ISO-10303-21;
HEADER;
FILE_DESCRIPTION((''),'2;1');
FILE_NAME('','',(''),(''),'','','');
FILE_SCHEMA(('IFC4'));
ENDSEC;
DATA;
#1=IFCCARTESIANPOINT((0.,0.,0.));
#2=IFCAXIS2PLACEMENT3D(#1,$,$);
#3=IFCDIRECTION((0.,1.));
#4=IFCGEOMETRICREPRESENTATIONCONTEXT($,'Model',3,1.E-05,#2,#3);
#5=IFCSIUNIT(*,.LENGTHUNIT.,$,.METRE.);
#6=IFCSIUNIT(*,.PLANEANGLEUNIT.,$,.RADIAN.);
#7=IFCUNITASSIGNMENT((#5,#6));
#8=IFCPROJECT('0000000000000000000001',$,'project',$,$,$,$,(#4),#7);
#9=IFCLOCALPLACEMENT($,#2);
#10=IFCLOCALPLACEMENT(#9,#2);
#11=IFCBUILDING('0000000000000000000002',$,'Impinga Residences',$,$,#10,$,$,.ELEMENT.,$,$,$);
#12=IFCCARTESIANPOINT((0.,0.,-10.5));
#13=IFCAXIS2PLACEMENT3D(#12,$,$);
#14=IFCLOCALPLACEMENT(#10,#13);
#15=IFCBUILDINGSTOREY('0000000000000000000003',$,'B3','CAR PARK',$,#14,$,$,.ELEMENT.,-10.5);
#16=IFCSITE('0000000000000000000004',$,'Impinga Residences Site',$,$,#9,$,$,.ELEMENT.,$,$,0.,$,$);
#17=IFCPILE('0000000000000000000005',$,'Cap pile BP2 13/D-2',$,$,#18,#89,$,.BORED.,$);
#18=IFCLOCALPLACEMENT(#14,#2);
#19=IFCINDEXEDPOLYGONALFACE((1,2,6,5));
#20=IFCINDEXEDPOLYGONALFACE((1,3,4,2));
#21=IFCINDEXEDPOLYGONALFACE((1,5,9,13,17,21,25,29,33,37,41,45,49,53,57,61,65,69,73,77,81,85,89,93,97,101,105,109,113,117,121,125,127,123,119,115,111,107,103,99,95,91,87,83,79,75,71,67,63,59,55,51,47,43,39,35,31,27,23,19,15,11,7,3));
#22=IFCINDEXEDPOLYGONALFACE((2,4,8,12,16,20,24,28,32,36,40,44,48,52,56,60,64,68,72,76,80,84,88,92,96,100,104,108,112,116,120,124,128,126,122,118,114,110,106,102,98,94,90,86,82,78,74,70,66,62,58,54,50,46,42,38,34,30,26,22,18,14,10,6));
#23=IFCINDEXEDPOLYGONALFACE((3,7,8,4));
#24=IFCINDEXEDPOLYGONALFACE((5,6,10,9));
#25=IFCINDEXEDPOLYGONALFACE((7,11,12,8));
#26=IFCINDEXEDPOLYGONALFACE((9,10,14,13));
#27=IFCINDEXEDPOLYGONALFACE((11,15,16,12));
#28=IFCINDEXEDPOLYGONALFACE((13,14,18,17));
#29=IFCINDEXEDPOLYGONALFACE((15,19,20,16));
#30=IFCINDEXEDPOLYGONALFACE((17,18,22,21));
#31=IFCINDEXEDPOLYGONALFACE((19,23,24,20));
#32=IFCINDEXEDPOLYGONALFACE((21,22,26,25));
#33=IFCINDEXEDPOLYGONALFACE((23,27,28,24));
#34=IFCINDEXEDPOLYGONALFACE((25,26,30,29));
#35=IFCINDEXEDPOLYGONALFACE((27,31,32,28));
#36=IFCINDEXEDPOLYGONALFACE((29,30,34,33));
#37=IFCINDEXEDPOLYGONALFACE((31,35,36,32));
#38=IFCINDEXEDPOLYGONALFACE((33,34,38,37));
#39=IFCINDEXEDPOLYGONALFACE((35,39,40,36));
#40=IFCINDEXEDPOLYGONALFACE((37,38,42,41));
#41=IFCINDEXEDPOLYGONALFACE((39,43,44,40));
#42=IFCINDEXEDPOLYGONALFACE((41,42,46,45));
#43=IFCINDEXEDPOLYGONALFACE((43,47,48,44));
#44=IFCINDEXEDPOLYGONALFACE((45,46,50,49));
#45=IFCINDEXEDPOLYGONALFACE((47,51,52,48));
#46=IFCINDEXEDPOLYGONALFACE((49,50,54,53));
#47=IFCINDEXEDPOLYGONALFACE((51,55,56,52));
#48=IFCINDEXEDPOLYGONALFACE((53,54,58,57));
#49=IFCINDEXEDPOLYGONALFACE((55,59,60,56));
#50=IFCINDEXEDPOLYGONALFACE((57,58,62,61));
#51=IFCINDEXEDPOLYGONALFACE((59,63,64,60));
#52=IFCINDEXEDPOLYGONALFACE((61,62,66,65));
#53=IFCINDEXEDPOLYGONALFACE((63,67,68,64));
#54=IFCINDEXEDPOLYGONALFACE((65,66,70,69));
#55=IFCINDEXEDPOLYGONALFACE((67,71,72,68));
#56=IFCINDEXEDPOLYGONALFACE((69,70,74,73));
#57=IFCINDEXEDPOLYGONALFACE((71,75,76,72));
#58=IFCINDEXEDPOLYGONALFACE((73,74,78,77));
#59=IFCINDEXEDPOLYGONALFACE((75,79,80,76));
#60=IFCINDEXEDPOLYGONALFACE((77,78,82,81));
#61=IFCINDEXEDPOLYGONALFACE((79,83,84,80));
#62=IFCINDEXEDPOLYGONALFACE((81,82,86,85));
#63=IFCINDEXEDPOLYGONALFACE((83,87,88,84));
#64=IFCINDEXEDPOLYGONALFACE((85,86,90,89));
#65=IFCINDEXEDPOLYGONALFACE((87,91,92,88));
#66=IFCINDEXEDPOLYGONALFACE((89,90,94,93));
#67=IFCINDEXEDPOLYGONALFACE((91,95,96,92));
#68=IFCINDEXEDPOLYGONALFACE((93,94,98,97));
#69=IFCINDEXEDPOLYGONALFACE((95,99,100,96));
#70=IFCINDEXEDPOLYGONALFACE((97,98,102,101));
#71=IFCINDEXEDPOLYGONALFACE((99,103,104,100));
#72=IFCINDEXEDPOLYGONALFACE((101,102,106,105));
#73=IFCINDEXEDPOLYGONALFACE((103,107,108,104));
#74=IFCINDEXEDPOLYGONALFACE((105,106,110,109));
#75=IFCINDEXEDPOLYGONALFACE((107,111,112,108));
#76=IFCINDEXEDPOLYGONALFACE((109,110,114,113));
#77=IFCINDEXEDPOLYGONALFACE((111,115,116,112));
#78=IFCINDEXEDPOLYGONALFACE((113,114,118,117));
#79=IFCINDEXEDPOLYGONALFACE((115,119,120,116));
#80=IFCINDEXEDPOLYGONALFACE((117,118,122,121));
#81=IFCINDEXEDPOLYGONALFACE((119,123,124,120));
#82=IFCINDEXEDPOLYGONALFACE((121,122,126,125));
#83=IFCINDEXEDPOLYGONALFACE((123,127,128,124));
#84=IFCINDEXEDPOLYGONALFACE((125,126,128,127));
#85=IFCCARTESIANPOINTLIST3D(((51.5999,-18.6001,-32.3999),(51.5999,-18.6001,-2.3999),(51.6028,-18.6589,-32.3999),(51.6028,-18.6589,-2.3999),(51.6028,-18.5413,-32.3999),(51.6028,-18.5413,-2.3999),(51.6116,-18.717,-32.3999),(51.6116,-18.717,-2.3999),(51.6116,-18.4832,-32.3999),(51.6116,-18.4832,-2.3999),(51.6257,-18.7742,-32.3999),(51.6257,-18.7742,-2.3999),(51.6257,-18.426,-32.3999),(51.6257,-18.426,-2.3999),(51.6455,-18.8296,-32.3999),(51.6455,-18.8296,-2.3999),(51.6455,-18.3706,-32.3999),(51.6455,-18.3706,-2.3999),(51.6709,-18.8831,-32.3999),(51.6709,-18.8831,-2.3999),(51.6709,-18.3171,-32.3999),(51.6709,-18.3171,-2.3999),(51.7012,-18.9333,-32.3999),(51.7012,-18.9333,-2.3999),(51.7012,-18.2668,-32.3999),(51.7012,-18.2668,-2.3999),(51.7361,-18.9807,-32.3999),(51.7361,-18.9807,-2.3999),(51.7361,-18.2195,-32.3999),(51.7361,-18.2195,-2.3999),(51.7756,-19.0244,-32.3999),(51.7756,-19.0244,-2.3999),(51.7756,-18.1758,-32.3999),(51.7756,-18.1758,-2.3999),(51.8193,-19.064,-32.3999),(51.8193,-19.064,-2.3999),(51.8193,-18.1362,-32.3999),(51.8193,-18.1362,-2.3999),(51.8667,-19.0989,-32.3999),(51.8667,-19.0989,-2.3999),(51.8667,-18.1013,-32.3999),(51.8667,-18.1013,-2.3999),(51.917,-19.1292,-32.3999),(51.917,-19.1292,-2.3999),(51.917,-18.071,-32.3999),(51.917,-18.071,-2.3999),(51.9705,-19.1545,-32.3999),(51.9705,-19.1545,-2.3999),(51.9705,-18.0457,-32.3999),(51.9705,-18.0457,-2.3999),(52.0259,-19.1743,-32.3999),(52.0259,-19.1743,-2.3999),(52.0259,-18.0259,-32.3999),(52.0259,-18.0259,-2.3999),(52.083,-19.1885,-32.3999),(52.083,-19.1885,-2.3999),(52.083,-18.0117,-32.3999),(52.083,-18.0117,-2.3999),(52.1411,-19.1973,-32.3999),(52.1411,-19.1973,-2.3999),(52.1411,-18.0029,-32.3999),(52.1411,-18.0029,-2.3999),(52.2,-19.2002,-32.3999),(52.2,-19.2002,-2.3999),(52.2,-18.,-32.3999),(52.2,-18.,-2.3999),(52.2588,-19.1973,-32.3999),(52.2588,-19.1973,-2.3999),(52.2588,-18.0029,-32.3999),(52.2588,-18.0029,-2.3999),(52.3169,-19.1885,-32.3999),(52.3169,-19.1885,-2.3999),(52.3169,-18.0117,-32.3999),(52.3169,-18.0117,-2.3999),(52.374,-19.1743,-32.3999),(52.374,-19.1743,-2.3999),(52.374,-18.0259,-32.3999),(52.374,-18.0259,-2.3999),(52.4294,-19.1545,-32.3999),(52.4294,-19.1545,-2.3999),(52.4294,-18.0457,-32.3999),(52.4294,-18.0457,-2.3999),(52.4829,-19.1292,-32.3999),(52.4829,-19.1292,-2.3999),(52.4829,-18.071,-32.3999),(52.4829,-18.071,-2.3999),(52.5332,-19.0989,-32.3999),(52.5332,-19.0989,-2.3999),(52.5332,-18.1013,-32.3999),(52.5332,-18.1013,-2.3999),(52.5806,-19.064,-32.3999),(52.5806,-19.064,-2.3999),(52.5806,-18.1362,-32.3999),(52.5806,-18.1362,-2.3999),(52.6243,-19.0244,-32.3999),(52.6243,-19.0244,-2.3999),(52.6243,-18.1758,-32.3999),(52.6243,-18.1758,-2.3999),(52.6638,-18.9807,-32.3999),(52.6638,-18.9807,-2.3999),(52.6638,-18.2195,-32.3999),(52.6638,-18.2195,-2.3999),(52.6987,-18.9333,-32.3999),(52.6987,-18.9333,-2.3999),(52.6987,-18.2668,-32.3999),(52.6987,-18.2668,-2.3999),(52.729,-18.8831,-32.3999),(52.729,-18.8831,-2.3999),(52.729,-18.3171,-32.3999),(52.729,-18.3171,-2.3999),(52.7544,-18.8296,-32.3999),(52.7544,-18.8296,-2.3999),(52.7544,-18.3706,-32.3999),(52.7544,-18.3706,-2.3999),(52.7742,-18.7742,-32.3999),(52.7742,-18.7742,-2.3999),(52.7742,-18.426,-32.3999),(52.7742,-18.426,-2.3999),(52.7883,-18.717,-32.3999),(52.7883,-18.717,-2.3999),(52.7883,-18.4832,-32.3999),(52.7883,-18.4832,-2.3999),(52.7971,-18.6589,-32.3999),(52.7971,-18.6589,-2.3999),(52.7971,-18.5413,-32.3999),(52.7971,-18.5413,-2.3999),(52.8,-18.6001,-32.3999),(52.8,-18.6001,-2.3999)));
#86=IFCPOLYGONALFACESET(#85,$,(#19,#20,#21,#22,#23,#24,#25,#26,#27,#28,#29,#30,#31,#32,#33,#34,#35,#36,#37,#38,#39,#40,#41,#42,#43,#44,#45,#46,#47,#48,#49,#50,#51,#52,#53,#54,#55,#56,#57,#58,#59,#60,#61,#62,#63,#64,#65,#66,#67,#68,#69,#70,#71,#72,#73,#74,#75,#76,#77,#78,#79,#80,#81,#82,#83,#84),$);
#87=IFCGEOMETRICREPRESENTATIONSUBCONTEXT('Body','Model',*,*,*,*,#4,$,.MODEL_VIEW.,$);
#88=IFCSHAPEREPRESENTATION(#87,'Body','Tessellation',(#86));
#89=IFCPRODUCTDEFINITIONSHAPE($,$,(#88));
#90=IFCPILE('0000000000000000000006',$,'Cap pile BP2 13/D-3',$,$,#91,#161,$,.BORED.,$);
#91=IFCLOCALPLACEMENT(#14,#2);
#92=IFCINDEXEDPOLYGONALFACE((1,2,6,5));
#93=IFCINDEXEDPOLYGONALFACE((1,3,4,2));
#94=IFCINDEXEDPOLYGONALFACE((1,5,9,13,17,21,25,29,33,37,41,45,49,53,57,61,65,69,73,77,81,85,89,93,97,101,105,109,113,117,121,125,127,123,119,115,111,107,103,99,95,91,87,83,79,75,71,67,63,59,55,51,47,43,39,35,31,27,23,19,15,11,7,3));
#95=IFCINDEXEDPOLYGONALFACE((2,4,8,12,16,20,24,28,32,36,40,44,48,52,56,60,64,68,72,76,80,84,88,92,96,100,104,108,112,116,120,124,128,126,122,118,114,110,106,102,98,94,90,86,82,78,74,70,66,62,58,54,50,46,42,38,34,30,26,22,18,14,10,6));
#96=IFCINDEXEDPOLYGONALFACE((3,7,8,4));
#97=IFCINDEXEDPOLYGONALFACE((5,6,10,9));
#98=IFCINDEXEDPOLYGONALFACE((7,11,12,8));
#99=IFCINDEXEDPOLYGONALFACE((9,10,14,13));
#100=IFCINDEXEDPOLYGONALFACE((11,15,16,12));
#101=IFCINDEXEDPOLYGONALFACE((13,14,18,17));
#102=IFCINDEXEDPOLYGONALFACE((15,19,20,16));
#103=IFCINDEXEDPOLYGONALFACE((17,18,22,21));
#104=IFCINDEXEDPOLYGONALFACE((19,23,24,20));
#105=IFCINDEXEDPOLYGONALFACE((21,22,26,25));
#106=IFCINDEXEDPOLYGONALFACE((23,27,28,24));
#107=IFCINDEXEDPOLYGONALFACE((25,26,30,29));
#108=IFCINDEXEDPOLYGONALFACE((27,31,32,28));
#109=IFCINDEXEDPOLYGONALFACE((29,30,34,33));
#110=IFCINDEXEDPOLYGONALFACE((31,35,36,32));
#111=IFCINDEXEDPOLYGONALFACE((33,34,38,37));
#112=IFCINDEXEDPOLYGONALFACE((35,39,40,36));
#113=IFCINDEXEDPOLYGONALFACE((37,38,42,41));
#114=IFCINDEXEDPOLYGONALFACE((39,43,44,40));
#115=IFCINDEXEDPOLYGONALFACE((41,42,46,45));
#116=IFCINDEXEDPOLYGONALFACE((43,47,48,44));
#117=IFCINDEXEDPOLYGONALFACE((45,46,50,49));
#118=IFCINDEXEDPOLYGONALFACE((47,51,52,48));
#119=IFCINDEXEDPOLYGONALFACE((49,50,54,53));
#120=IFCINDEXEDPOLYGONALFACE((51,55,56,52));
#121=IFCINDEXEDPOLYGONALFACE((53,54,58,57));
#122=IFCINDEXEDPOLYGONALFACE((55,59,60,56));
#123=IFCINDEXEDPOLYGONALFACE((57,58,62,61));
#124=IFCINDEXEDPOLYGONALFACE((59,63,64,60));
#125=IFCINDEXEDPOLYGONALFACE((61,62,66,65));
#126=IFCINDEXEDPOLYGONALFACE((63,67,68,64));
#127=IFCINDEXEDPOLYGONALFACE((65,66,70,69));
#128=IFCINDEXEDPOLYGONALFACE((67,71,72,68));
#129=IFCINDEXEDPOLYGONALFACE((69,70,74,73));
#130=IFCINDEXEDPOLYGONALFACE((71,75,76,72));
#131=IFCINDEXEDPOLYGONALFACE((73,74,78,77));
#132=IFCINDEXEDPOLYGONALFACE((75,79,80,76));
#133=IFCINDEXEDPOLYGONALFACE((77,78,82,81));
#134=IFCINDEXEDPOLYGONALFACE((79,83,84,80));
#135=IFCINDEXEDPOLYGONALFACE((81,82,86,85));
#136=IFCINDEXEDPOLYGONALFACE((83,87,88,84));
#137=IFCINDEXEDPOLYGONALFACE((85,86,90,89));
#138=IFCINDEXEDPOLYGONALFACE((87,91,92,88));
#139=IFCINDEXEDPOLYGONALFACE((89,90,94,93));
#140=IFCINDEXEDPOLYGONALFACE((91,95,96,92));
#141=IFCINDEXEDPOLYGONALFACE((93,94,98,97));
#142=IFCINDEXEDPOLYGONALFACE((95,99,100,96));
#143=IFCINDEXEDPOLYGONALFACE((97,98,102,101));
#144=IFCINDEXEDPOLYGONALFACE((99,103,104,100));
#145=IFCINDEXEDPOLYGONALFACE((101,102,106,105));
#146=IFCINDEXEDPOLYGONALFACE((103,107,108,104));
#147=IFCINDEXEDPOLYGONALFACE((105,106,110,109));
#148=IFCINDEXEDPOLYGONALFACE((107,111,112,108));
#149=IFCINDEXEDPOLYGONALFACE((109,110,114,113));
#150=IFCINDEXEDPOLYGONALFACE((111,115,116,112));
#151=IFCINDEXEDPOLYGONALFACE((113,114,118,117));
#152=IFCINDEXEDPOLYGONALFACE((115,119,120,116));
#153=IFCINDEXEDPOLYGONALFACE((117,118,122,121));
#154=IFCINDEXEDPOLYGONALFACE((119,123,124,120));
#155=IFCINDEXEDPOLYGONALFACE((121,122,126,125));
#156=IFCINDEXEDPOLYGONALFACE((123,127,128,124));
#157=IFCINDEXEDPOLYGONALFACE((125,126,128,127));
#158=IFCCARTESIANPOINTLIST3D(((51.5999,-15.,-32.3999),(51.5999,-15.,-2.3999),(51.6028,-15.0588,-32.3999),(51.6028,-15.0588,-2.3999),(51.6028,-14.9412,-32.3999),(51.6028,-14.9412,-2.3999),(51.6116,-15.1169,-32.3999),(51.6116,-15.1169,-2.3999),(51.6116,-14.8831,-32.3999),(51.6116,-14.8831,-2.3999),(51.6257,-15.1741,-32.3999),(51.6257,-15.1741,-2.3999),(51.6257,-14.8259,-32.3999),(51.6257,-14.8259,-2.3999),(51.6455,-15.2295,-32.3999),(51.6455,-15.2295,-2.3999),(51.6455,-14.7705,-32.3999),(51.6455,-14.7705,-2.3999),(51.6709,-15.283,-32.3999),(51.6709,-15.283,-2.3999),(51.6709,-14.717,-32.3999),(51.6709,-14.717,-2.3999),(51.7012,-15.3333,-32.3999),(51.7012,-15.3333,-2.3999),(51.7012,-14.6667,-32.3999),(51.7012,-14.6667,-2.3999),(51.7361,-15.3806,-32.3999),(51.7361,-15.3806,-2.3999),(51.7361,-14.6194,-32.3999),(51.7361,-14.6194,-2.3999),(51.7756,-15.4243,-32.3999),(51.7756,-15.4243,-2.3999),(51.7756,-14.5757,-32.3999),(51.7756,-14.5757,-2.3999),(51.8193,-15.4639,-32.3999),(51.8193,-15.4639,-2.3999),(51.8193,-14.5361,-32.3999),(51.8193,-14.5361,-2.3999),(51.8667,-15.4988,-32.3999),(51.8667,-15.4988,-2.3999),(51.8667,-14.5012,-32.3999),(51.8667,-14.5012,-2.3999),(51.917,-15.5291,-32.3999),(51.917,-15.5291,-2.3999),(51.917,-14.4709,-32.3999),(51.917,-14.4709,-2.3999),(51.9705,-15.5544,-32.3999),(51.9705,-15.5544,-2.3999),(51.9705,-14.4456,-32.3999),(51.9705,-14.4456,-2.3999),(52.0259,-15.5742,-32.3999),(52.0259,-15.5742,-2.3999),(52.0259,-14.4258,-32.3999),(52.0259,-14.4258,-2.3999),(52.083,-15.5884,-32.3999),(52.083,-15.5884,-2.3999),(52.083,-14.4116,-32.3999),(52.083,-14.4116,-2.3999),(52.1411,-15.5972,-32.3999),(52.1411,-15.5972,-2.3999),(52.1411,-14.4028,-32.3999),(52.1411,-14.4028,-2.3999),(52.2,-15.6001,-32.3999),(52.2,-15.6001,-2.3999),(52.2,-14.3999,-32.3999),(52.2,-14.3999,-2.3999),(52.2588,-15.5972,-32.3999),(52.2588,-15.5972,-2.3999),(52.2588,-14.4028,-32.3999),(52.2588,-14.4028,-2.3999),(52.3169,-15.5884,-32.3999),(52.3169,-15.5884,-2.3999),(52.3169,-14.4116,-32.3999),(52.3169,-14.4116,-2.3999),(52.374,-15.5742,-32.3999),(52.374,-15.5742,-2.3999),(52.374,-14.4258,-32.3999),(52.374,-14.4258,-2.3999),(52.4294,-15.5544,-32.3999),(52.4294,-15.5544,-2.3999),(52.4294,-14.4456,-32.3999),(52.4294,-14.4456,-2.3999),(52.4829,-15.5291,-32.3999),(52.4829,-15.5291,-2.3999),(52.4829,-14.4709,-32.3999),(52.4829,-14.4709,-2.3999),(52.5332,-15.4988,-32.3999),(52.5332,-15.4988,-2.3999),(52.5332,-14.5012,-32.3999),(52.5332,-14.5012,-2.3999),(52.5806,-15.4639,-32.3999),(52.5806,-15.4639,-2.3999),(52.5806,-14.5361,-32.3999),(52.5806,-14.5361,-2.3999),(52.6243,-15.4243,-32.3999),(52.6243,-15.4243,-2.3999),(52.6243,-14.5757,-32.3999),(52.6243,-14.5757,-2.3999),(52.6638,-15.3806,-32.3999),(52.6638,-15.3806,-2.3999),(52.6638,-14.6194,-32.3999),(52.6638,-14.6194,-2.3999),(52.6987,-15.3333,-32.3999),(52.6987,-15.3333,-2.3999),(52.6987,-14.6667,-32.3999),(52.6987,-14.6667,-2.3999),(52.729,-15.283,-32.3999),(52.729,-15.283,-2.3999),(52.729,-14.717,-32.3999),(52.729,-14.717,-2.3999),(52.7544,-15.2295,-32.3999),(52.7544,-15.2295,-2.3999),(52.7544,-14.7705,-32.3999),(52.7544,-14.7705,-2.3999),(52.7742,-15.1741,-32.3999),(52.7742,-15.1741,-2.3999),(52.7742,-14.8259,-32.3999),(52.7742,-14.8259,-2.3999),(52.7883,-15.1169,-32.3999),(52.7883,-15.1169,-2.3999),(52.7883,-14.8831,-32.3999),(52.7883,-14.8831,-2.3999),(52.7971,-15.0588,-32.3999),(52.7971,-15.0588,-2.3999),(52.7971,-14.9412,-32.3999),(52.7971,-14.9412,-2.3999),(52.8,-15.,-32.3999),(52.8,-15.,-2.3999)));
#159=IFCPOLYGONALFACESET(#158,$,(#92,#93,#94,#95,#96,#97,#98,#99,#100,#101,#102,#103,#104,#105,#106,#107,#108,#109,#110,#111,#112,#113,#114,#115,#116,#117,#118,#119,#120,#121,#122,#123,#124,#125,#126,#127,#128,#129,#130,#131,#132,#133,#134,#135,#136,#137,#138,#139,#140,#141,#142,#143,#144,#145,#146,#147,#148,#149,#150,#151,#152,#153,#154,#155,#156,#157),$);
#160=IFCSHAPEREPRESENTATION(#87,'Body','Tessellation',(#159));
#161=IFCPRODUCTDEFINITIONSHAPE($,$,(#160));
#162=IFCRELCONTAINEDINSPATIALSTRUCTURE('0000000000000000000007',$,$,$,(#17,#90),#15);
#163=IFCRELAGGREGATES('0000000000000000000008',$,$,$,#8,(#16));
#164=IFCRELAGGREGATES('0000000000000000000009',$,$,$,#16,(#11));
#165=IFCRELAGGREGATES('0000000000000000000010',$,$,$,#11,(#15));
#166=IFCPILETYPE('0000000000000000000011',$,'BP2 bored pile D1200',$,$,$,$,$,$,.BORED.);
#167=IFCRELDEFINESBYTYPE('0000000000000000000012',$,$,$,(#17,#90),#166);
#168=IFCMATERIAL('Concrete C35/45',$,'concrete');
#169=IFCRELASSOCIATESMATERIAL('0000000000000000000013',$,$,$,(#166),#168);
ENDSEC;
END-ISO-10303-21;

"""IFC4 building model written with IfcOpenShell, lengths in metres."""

from ifc_helpers import new_model, si_unit, direction, frame, origin, origin_2d, place, context, subcontext, project, spatial, polyline, circle, outline, extrude, material, material_profile, profile_set, type_object, element, save


model = new_model("IFC4")

# Units and contexts
model_context = context("Model", 3, precision=1e-05, world=origin(), true_north=direction((0.0, 1.0)))
body_context = subcontext(model_context, "Body", "Model", "MODEL_VIEW")
ifc_project = project(units=[si_unit("LENGTHUNIT", "METRE"), si_unit("PLANEANGLEUNIT", "RADIAN")], contexts=[model_context])

# Site, building, storey
site_placement = place(None, origin())
site = spatial("IfcSite", under=ifc_project, at=site_placement, Name="Impinga Residences Site", CompositionType="ELEMENT", RefElevation=0.0)
building_placement = place(site_placement, origin())
building = spatial("IfcBuilding", under=site, at=building_placement, Name="Impinga Residences", CompositionType="ELEMENT")
storey_placement = place(building_placement, frame((0.0, 0.0, -10.5)))
storey = spatial("IfcBuildingStorey", under=building, at=storey_placement, Name="B3", Description="CAR PARK", CompositionType="ELEMENT", Elevation=-10.5)

# Piles
ifc_material_1 = material(Name="Concrete C35/45", Category="concrete")
ifc_material_profile_1 = material_profile(ifc_material_1, circle(Radius=0.6001, at=origin_2d()), Name="D1200")
ifc_profile_set_1 = profile_set([ifc_material_profile_1], Name="Concrete C35/45")
pile_type_1 = type_object("IfcPileType", Name="BP2 bored pile D1200", PredefinedType="BORED", material=ifc_profile_set_1)
pile_1_placement = place(storey_placement, frame((52.2, -18.6001, -2.3999), z_axis=(0.0, 0.0, -1.0), x_axis=(1.0, 0.0, 0.0)))
element("IfcPile", 1, at=pile_1_placement, inside=storey, type_object=pile_type_1, Name="Cap pile BP2 13/D-2", PredefinedType="BORED", context=body_context, shape_type="SweptSolid", body=[
    extrude(outline(polyline([(0.6001, 0.0), (0.5972, 0.0588), (0.5884, 0.1169), (0.5742, 0.1741), (0.5544, 0.2295), (0.5291, 0.283), (0.4988, 0.3333), (0.4639, 0.3806), (0.4243, 0.4243), (0.3806, 0.4639), (0.3333, 0.4988), (0.283, 0.5291), (0.2295, 0.5544), (0.1741, 0.5742), (0.1169, 0.5884), (0.0588, 0.5972), (0.0, 0.6001), (-0.0588, 0.5972), (-0.1169, 0.5884), (-0.1741, 0.5742), (-0.2295, 0.5544), (-0.283, 0.5291), (-0.3333, 0.4988), (-0.3806, 0.4639), (-0.4243, 0.4243), (-0.4639, 0.3806), (-0.4988, 0.3333), (-0.5291, 0.283), (-0.5544, 0.2295), (-0.5742, 0.1741), (-0.5884, 0.1169), (-0.5972, 0.0588), (-0.6001, 0.0), (-0.5972, -0.0588), (-0.5884, -0.1169), (-0.5742, -0.1741), (-0.5544, -0.2295), (-0.5291, -0.283), (-0.4988, -0.3333), (-0.4639, -0.3806), (-0.4243, -0.4243), (-0.3806, -0.4639), (-0.3333, -0.4988), (-0.283, -0.5291), (-0.2295, -0.5544), (-0.1741, -0.5742), (-0.1169, -0.5884), (-0.0588, -0.5972), (0.0, -0.6001), (0.0588, -0.5972), (0.1169, -0.5884), (0.1741, -0.5742), (0.2295, -0.5544), (0.283, -0.5291), (0.3333, -0.4988), (0.3806, -0.4639), (0.4243, -0.4243), (0.4639, -0.3806), (0.4988, -0.3333), (0.5291, -0.283), (0.5544, -0.2295), (0.5742, -0.1741), (0.5884, -0.1169), (0.5972, -0.0588), (0.6001, 0.0)])), origin(), (0.0, 0.0, 1.0), 30.0),
])
pile_2_placement = place(storey_placement, frame((52.2, -15.0, -2.3999), z_axis=(0.0, 0.0, -1.0), x_axis=(1.0, 0.0, 0.0)))
element("IfcPile", 2, at=pile_2_placement, inside=storey, type_object=pile_type_1, Name="Cap pile BP2 13/D-3", PredefinedType="BORED", context=body_context, shape_type="SweptSolid", body=[
    extrude(outline(polyline([(0.6001, 0.0), (0.5972, 0.0588), (0.5884, 0.1169), (0.5742, 0.1741), (0.5544, 0.2295), (0.5291, 0.283), (0.4988, 0.3333), (0.4639, 0.3806), (0.4243, 0.4243), (0.3806, 0.4639), (0.3333, 0.4988), (0.283, 0.5291), (0.2295, 0.5544), (0.1741, 0.5742), (0.1169, 0.5884), (0.0588, 0.5972), (0.0, 0.6001), (-0.0588, 0.5972), (-0.1169, 0.5884), (-0.1741, 0.5742), (-0.2295, 0.5544), (-0.283, 0.5291), (-0.3333, 0.4988), (-0.3806, 0.4639), (-0.4243, 0.4243), (-0.4639, 0.3806), (-0.4988, 0.3333), (-0.5291, 0.283), (-0.5544, 0.2295), (-0.5742, 0.1741), (-0.5884, 0.1169), (-0.5972, 0.0588), (-0.6001, 0.0), (-0.5972, -0.0588), (-0.5884, -0.1169), (-0.5742, -0.1741), (-0.5544, -0.2295), (-0.5291, -0.283), (-0.4988, -0.3333), (-0.4639, -0.3806), (-0.4243, -0.4243), (-0.3806, -0.4639), (-0.3333, -0.4988), (-0.283, -0.5291), (-0.2295, -0.5544), (-0.1741, -0.5742), (-0.1169, -0.5884), (-0.0588, -0.5972), (0.0, -0.6001), (0.0588, -0.5972), (0.1169, -0.5884), (0.1741, -0.5742), (0.2295, -0.5544), (0.283, -0.5291), (0.3333, -0.4988), (0.3806, -0.4639), (0.4243, -0.4243), (0.4639, -0.3806), (0.4988, -0.3333), (0.5291, -0.283), (0.5544, -0.2295), (0.5742, -0.1741), (0.5884, -0.1169), (0.5972, -0.0588), (0.6001, 0.0)])), origin(), (0.0, 0.0, 1.0), 30.0),
])

save(model, "model.ifc")
